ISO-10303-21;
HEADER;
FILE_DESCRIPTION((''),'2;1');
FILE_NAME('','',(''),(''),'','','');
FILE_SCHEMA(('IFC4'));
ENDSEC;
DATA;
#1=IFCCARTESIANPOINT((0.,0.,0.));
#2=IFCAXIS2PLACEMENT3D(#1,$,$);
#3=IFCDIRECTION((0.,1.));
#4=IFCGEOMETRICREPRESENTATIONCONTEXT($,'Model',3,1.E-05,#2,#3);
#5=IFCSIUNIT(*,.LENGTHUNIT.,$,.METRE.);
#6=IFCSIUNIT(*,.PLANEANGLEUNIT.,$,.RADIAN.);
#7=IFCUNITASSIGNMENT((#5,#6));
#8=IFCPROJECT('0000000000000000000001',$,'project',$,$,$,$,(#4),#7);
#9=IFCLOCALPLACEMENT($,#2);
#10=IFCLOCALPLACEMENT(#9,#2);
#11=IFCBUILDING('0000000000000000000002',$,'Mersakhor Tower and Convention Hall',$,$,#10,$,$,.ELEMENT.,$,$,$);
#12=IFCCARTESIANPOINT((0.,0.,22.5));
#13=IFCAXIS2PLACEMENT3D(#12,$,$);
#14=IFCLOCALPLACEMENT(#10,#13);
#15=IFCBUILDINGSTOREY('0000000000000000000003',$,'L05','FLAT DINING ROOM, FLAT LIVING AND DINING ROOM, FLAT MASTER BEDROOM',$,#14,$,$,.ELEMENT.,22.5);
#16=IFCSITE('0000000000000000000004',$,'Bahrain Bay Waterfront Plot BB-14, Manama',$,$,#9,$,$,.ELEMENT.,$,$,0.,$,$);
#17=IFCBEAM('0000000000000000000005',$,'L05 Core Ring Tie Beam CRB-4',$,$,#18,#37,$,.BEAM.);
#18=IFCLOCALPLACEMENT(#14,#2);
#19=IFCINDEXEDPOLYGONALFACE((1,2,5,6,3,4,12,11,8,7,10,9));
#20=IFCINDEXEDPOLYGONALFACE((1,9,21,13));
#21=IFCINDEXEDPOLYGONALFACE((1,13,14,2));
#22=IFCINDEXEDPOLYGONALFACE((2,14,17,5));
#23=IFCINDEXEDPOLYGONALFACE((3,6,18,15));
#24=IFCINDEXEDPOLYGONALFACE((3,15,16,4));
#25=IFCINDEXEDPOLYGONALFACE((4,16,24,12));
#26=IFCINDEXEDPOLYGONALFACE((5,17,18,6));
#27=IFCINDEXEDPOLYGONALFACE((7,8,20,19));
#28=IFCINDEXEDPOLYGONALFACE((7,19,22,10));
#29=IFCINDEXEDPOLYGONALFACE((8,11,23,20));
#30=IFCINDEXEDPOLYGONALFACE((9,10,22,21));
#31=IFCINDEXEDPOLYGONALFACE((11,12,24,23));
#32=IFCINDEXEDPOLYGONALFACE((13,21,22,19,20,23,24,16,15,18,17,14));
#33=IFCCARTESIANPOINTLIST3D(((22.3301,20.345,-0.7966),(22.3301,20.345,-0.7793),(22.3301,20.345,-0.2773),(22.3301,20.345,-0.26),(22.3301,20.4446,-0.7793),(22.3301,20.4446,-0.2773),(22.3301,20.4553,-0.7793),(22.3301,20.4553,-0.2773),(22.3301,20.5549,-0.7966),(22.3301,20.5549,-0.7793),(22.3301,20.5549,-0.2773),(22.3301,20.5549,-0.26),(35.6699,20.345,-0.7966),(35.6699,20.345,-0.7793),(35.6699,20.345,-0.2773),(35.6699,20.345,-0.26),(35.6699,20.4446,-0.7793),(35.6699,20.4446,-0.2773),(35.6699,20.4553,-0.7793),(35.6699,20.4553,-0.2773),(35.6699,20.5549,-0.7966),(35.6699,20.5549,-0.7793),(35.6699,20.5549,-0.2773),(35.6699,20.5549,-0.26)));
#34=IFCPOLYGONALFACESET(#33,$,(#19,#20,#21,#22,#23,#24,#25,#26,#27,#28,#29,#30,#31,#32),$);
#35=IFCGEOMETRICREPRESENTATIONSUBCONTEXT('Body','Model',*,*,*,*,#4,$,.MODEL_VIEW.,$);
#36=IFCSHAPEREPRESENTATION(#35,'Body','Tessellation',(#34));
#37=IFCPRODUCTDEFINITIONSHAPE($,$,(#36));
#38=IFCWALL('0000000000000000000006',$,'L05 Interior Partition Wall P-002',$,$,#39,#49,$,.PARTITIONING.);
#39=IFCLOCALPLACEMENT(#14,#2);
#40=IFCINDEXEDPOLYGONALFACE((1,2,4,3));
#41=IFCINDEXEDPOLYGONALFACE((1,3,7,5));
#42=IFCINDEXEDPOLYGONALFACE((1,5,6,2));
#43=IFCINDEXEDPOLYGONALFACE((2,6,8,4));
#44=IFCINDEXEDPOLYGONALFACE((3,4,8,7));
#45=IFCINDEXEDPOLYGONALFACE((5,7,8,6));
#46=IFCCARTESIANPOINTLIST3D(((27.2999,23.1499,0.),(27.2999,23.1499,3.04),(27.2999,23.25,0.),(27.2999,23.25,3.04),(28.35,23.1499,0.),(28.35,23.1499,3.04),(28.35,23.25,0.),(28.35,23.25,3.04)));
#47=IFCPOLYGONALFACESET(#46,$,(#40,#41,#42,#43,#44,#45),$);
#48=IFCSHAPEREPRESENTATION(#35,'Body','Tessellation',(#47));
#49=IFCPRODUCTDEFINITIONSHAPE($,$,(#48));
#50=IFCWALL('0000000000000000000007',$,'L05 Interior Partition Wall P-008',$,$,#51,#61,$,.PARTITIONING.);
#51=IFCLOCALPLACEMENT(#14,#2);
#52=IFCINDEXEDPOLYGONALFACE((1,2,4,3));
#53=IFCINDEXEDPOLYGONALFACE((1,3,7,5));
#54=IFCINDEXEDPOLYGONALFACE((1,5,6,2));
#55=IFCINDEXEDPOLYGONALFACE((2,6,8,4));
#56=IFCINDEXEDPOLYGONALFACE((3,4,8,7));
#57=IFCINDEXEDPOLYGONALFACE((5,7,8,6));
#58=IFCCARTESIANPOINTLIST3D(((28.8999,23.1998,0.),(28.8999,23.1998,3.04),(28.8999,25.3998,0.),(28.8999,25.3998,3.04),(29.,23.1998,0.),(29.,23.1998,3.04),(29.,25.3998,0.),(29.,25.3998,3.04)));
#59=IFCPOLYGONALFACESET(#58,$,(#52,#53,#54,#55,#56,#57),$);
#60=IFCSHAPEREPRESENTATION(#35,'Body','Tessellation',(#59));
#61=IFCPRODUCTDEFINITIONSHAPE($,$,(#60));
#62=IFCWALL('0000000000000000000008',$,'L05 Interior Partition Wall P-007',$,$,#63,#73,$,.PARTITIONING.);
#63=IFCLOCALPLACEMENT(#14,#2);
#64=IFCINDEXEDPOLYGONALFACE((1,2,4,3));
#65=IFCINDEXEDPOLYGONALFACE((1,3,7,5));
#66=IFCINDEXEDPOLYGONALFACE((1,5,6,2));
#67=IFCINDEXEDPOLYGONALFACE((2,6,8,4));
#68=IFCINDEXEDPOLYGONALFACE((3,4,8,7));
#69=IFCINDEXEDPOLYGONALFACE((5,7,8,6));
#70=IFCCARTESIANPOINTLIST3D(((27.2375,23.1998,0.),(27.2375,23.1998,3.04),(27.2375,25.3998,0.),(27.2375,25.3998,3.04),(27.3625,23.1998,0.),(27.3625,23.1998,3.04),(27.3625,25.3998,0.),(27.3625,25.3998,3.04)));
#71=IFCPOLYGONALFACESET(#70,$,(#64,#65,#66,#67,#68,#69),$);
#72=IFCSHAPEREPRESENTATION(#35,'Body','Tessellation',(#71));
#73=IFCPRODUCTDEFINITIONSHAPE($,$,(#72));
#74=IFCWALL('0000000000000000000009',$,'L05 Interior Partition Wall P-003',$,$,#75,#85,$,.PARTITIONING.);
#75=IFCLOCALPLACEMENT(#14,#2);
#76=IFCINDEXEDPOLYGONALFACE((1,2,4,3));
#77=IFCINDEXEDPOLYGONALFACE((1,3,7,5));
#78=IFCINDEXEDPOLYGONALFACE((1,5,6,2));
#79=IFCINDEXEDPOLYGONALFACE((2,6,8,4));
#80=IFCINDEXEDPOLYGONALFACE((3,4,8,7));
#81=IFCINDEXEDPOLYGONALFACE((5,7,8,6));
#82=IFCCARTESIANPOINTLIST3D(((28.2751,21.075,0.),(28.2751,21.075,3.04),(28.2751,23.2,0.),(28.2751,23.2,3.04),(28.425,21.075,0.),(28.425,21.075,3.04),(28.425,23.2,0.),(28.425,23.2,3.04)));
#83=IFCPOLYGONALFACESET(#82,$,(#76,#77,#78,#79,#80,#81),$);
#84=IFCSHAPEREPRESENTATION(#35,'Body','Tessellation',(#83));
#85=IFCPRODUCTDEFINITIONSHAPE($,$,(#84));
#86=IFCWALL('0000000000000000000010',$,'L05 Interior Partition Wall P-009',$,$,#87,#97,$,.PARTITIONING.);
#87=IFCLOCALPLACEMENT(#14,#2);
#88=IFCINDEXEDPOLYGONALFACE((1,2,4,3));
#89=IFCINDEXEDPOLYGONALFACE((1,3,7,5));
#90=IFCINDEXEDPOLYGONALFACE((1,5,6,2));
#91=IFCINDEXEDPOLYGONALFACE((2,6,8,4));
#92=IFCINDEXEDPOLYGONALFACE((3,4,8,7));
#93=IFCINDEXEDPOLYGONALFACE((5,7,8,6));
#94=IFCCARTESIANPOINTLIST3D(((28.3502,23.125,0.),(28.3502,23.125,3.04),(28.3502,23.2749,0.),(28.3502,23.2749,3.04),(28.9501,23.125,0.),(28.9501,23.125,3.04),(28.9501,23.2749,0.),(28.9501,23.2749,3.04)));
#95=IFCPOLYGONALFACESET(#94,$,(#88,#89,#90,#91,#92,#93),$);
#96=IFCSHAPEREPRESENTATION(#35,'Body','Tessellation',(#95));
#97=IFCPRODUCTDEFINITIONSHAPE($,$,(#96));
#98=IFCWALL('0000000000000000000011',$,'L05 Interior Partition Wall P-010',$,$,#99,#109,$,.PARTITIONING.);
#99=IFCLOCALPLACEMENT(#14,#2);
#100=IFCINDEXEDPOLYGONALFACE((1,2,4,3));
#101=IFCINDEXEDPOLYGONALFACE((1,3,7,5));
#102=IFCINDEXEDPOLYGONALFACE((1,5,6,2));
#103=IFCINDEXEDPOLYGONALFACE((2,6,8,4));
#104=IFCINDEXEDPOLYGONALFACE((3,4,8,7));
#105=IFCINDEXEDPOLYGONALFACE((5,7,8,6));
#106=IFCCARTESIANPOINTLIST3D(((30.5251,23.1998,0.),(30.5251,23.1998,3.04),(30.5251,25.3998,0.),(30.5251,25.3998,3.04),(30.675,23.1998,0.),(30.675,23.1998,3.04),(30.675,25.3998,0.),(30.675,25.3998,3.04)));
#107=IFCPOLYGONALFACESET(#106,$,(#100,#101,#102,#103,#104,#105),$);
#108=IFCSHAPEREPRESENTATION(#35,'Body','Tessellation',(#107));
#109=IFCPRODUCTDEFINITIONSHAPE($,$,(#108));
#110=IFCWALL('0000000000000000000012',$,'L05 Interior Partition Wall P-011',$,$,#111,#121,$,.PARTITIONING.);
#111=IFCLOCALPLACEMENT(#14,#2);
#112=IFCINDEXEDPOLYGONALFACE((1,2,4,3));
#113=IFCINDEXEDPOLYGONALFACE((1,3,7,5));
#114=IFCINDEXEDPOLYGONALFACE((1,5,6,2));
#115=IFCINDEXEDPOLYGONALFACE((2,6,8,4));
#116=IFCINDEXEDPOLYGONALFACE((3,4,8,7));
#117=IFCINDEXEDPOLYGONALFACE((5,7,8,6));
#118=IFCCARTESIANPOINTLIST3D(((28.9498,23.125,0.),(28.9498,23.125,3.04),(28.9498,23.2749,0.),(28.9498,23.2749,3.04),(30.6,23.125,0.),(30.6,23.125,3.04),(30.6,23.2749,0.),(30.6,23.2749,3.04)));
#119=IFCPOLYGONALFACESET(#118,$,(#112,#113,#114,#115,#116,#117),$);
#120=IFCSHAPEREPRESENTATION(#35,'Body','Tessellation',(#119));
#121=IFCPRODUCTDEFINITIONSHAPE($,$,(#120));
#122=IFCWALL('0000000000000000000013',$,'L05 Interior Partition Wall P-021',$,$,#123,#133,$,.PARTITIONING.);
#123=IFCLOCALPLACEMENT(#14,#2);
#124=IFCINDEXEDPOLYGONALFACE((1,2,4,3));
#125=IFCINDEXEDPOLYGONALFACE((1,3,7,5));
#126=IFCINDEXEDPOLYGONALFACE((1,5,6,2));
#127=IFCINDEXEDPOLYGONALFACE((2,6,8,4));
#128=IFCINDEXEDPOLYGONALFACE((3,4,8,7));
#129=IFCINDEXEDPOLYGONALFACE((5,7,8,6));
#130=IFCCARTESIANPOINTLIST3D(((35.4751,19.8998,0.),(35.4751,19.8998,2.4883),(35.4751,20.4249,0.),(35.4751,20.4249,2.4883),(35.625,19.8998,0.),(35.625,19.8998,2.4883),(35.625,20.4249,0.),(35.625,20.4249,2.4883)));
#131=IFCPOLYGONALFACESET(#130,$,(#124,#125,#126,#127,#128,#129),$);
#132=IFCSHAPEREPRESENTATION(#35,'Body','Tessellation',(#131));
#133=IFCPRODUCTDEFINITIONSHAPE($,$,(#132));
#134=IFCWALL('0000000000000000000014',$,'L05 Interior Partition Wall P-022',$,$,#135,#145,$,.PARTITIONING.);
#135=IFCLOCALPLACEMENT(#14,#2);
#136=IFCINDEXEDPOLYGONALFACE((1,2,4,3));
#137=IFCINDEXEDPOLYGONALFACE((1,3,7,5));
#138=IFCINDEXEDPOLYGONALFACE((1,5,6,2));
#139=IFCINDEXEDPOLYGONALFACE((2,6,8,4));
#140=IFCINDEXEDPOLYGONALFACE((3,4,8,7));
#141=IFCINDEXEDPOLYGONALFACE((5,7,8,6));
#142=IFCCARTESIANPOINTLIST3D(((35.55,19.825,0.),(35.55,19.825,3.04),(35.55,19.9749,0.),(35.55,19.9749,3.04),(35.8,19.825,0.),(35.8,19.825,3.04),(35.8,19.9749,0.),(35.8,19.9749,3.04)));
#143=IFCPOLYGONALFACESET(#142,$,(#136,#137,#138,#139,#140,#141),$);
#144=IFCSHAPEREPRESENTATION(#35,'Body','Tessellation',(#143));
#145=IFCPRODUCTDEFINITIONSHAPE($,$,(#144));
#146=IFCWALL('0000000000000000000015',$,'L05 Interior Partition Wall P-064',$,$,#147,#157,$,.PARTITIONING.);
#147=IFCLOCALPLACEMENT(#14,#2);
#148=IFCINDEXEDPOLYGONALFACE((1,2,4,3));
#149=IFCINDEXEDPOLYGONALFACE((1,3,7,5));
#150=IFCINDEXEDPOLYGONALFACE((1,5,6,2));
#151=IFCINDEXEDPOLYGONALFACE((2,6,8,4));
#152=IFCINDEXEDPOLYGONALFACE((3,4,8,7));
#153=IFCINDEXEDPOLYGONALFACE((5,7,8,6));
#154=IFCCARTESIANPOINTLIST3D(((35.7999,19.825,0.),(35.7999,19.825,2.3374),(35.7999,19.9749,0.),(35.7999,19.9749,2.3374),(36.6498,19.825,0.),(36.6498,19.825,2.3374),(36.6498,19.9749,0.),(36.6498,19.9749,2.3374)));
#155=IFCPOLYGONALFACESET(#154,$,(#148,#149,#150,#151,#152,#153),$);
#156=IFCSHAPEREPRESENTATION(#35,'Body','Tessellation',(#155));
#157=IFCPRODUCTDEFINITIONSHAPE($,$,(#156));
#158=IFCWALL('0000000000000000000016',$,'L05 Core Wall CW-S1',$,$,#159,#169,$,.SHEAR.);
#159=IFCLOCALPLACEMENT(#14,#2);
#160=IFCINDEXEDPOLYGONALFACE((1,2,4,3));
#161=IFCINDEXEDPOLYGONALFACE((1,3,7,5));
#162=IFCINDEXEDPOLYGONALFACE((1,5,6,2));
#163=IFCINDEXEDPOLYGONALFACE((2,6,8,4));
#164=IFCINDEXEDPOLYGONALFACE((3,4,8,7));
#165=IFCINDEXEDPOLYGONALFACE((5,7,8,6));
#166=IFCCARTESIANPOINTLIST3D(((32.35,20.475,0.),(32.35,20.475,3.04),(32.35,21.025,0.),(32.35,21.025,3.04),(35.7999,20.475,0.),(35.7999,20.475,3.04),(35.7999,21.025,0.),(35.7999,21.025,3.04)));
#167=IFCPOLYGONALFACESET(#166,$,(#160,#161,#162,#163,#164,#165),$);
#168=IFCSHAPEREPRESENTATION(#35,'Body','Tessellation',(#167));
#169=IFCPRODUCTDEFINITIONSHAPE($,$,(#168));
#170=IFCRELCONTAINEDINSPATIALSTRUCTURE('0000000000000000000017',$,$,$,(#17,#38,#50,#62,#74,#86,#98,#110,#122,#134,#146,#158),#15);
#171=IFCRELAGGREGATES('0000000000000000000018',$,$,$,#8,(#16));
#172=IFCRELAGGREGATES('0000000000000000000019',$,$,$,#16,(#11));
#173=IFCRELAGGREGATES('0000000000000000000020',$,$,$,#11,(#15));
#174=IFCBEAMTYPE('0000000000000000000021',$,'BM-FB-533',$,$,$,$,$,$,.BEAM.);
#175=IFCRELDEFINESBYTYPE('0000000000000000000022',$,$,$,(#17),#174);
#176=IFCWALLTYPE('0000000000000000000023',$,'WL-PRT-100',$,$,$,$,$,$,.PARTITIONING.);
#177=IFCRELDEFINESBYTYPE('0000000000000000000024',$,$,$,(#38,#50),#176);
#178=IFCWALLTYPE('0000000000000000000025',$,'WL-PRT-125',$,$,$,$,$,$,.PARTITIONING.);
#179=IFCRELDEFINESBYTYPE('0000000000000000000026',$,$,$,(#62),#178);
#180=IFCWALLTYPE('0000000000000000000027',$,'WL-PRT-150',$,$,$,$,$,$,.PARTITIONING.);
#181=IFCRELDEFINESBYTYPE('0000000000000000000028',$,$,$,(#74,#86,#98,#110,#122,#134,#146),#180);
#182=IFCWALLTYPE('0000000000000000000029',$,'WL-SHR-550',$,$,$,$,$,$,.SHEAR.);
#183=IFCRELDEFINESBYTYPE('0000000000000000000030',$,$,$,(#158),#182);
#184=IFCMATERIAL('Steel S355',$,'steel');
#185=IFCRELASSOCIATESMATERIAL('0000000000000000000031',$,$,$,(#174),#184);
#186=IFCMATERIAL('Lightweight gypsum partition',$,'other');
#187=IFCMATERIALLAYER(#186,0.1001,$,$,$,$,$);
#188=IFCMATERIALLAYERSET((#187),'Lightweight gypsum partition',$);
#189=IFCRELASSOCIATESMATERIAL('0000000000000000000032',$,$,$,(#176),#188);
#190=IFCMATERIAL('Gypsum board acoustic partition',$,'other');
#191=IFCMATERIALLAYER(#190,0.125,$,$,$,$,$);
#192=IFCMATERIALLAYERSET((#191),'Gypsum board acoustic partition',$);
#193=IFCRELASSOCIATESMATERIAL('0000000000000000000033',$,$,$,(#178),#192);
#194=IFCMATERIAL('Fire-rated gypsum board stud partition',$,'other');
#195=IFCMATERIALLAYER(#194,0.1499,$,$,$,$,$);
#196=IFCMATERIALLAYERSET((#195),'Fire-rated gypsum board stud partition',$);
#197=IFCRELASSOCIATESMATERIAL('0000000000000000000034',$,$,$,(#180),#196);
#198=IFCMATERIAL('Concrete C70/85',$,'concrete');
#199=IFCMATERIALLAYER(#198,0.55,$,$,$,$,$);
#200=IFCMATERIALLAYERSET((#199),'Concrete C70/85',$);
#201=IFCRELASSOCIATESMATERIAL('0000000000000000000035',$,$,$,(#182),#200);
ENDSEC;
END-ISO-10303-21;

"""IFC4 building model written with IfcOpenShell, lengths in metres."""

from ifc_helpers import new_model, si_unit, direction, frame, frame_2d, origin, origin_2d, place, context, subcontext, project, spatial, rectangle, i_section, extrude, material, layer, layer_set, material_profile, profile_set, type_object, element, save


model = new_model("IFC4")

# Units and contexts
model_context = context("Model", 3, precision=1e-05, world=origin(), true_north=direction((0.0, 1.0)))
body_context = subcontext(model_context, "Body", "Model", "MODEL_VIEW")
ifc_project = project(units=[si_unit("LENGTHUNIT", "METRE"), si_unit("PLANEANGLEUNIT", "RADIAN")], contexts=[model_context])

# Site, building, storey
site_placement = place(None, origin())
site = spatial("IfcSite", under=ifc_project, at=site_placement, Name="Bahrain Bay Waterfront Plot BB-14, Manama", CompositionType="ELEMENT", RefElevation=0.0)
building_placement = place(site_placement, origin())
building = spatial("IfcBuilding", under=site, at=building_placement, Name="Mersakhor Tower and Convention Hall", CompositionType="ELEMENT")
storey_placement = place(building_placement, frame((0.0, 0.0, 22.5)))
storey = spatial("IfcBuildingStorey", under=building, at=storey_placement, Name="L05", Description="FLAT DINING ROOM, FLAT LIVING AND DINING ROOM, FLAT MASTER BEDROOM", CompositionType="ELEMENT", Elevation=22.5)

# Beam
ifc_material_1 = material(Name="Steel S355", Category="steel")
ifc_material_profile = material_profile(ifc_material_1, i_section(OverallWidth=0.21, OverallDepth=0.5366, WebThickness=0.0107, FlangeThickness=0.0173, at=origin_2d()), Name="UB 533x210x101")
ifc_profile_set = profile_set([ifc_material_profile], Name="Steel S355")
beam_type = type_object("IfcBeamType", Name="BM-FB-533", PredefinedType="BEAM", material=ifc_profile_set)
beam_placement = place(storey_placement, frame((35.6699, 20.45, -0.5283), z_axis=(-1.0, 0.0, 0.0), x_axis=(0.0, -1.0, 0.0)))
element("IfcBeam", 1, at=beam_placement, inside=storey, type_object=beam_type, Name="L05 Core Ring Tie Beam CRB-4", PredefinedType="BEAM", context=body_context, shape_type="SweptSolid", body=[
    extrude(i_section(OverallWidth=0.21, OverallDepth=0.5366, WebThickness=0.0107, FlangeThickness=0.0173, at=origin_2d()), origin(), (0.0, 0.0, 1.0), 13.3398),
])

# Walls
ifc_material_2 = material(Name="Lightweight gypsum partition", Category="other")
ifc_layer_1 = layer(ifc_material_2, 0.1001)
ifc_layer_set_1 = layer_set([ifc_layer_1], Name="Lightweight gypsum partition")
wall_type_1 = type_object("IfcWallType", Name="WL-PRT-100", PredefinedType="PARTITIONING", material=ifc_layer_set_1)
wall_1_placement = place(storey_placement, frame((27.3, 23.2, 0.0), z_axis=(0.0, 0.0, 1.0), x_axis=(1.0, 0.0, 0.0)))
element("IfcWall", 2, at=wall_1_placement, inside=storey, type_object=wall_type_1, Name="L05 Interior Partition Wall P-002", PredefinedType="PARTITIONING", context=body_context, shape_type="SweptSolid", body=[
    extrude(rectangle(XDim=1.05, YDim=0.1001, at=frame_2d((0.5249, 0.0))), origin(), (0.0, 0.0, 1.0), 3.04),
])
wall_2_placement = place(storey_placement, frame((28.95, 25.3999, 0.0), z_axis=(0.0, 0.0, 1.0), x_axis=(0.0, -1.0, 0.0)))
element("IfcWall", 3, at=wall_2_placement, inside=storey, type_object=wall_type_1, Name="L05 Interior Partition Wall P-008", PredefinedType="PARTITIONING", context=body_context, shape_type="SweptSolid", body=[
    extrude(rectangle(XDim=2.2, YDim=0.1001, at=frame_2d((1.1001, 0.0))), origin(), (0.0, 0.0, 1.0), 3.04),
])
ifc_material_3 = material(Name="Gypsum board acoustic partition", Category="other")
ifc_layer_2 = layer(ifc_material_3, 0.125)
ifc_layer_set_2 = layer_set([ifc_layer_2], Name="Gypsum board acoustic partition")
wall_type_2 = type_object("IfcWallType", Name="WL-PRT-125", PredefinedType="PARTITIONING", material=ifc_layer_set_2)
wall_3_placement = place(storey_placement, frame((27.3, 25.3999, 0.0), z_axis=(0.0, 0.0, 1.0), x_axis=(0.0, -1.0, 0.0)))
element("IfcWall", 4, at=wall_3_placement, inside=storey, type_object=wall_type_2, Name="L05 Interior Partition Wall P-007", PredefinedType="PARTITIONING", context=body_context, shape_type="SweptSolid", body=[
    extrude(rectangle(XDim=2.2, YDim=0.125, at=frame_2d((1.1001, 0.0))), origin(), (0.0, 0.0, 1.0), 3.04),
])
ifc_material_4 = material(Name="Fire-rated gypsum board stud partition", Category="other")
ifc_layer_3 = layer(ifc_material_4, 0.1499)
ifc_layer_set_3 = layer_set([ifc_layer_3], Name="Fire-rated gypsum board stud partition")
wall_type_3 = type_object("IfcWallType", Name="WL-PRT-150", PredefinedType="PARTITIONING", material=ifc_layer_set_3)
wall_4_placement = place(storey_placement, frame((28.3501, 23.2, 0.0), z_axis=(0.0, 0.0, 1.0), x_axis=(0.0, -1.0, 0.0)))
element("IfcWall", 5, at=wall_4_placement, inside=storey, type_object=wall_type_3, Name="L05 Interior Partition Wall P-003", PredefinedType="PARTITIONING", context=body_context, shape_type="SweptSolid", body=[
    extrude(rectangle(XDim=2.125, YDim=0.1499, at=frame_2d((1.0625, 0.0))), origin(), (0.0, 0.0, 1.0), 3.04),
])
wall_5_placement = place(storey_placement, frame((28.95, 23.2, 0.0), z_axis=(0.0, 0.0, 1.0), x_axis=(-1.0, 0.0, 0.0)))
element("IfcWall", 6, at=wall_5_placement, inside=storey, type_object=wall_type_3, Name="L05 Interior Partition Wall P-009", PredefinedType="PARTITIONING", context=body_context, shape_type="SweptSolid", body=[
    extrude(rectangle(XDim=0.5999, YDim=0.1499, at=frame_2d((0.2998, 0.0))), origin(), (0.0, 0.0, 1.0), 3.04),
])
wall_6_placement = place(storey_placement, frame((30.6001, 25.3999, 0.0), z_axis=(0.0, 0.0, 1.0), x_axis=(0.0, -1.0, 0.0)))
element("IfcWall", 7, at=wall_6_placement, inside=storey, type_object=wall_type_3, Name="L05 Interior Partition Wall P-010", PredefinedType="PARTITIONING", context=body_context, shape_type="SweptSolid", body=[
    extrude(rectangle(XDim=2.2, YDim=0.1499, at=frame_2d((1.1001, 0.0))), origin(), (0.0, 0.0, 1.0), 3.04),
])
wall_7_placement = place(storey_placement, frame((30.6001, 23.2, 0.0), z_axis=(0.0, 0.0, 1.0), x_axis=(-1.0, 0.0, 0.0)))
element("IfcWall", 8, at=wall_7_placement, inside=storey, type_object=wall_type_3, Name="L05 Interior Partition Wall P-011", PredefinedType="PARTITIONING", context=body_context, shape_type="SweptSolid", body=[
    extrude(rectangle(XDim=1.6501, YDim=0.1499, at=frame_2d((0.8252, 0.0))), origin(), (0.0, 0.0, 1.0), 3.04),
])
wall_8_placement = place(storey_placement, frame((35.55, 20.425, 0.0), z_axis=(0.0, 0.0, 1.0), x_axis=(0.0, -1.0, 0.0)))
element("IfcWall", 9, at=wall_8_placement, inside=storey, type_object=wall_type_3, Name="L05 Interior Partition Wall P-021", PredefinedType="PARTITIONING", context=body_context, shape_type="SweptSolid", body=[
    extrude(rectangle(XDim=0.5251, YDim=0.1499, at=frame_2d((0.2627, 0.0))), origin(), (0.0, 0.0, 1.0), 2.4883),
])
wall_9_placement = place(storey_placement, frame((35.55, 19.8999, 0.0), z_axis=(0.0, 0.0, 1.0), x_axis=(1.0, 0.0, 0.0)))
element("IfcWall", 10, at=wall_9_placement, inside=storey, type_object=wall_type_3, Name="L05 Interior Partition Wall P-022", PredefinedType="PARTITIONING", context=body_context, shape_type="SweptSolid", body=[
    extrude(rectangle(XDim=0.25, YDim=0.1499, at=frame_2d((0.125, 0.0))), origin(), (0.0, 0.0, 1.0), 3.04),
])

# Walls
wall_10_placement = place(storey_placement, frame((35.8, 19.8999, 0.0), z_axis=(0.0, 0.0, 1.0), x_axis=(1.0, 0.0, 0.0)))
element("IfcWall", 11, at=wall_10_placement, inside=storey, type_object=wall_type_3, Name="L05 Interior Partition Wall P-064", PredefinedType="PARTITIONING", context=body_context, shape_type="SweptSolid", body=[
    extrude(rectangle(XDim=0.8499, YDim=0.1499, at=frame_2d((0.4248, 0.0))), origin(), (0.0, 0.0, 1.0), 2.3374),
])
ifc_material_5 = material(Name="Concrete C70/85", Category="concrete")
ifc_layer_4 = layer(ifc_material_5, 0.55)
ifc_layer_set_4 = layer_set([ifc_layer_4], Name="Concrete C70/85")
wall_type_4 = type_object("IfcWallType", Name="WL-SHR-550", PredefinedType="SHEAR", material=ifc_layer_set_4)
wall_11_placement = place(storey_placement, frame((35.8, 20.75, 0.0), z_axis=(0.0, 0.0, 1.0), x_axis=(-1.0, 0.0, 0.0)))
element("IfcWall", 12, at=wall_11_placement, inside=storey, type_object=wall_type_4, Name="L05 Core Wall CW-S1", PredefinedType="SHEAR", context=body_context, shape_type="SweptSolid", body=[
    extrude(rectangle(XDim=3.45, YDim=0.55, at=frame_2d((1.7251, 0.0))), origin(), (0.0, 0.0, 1.0), 3.04),
])

save(model, "model.ifc")
